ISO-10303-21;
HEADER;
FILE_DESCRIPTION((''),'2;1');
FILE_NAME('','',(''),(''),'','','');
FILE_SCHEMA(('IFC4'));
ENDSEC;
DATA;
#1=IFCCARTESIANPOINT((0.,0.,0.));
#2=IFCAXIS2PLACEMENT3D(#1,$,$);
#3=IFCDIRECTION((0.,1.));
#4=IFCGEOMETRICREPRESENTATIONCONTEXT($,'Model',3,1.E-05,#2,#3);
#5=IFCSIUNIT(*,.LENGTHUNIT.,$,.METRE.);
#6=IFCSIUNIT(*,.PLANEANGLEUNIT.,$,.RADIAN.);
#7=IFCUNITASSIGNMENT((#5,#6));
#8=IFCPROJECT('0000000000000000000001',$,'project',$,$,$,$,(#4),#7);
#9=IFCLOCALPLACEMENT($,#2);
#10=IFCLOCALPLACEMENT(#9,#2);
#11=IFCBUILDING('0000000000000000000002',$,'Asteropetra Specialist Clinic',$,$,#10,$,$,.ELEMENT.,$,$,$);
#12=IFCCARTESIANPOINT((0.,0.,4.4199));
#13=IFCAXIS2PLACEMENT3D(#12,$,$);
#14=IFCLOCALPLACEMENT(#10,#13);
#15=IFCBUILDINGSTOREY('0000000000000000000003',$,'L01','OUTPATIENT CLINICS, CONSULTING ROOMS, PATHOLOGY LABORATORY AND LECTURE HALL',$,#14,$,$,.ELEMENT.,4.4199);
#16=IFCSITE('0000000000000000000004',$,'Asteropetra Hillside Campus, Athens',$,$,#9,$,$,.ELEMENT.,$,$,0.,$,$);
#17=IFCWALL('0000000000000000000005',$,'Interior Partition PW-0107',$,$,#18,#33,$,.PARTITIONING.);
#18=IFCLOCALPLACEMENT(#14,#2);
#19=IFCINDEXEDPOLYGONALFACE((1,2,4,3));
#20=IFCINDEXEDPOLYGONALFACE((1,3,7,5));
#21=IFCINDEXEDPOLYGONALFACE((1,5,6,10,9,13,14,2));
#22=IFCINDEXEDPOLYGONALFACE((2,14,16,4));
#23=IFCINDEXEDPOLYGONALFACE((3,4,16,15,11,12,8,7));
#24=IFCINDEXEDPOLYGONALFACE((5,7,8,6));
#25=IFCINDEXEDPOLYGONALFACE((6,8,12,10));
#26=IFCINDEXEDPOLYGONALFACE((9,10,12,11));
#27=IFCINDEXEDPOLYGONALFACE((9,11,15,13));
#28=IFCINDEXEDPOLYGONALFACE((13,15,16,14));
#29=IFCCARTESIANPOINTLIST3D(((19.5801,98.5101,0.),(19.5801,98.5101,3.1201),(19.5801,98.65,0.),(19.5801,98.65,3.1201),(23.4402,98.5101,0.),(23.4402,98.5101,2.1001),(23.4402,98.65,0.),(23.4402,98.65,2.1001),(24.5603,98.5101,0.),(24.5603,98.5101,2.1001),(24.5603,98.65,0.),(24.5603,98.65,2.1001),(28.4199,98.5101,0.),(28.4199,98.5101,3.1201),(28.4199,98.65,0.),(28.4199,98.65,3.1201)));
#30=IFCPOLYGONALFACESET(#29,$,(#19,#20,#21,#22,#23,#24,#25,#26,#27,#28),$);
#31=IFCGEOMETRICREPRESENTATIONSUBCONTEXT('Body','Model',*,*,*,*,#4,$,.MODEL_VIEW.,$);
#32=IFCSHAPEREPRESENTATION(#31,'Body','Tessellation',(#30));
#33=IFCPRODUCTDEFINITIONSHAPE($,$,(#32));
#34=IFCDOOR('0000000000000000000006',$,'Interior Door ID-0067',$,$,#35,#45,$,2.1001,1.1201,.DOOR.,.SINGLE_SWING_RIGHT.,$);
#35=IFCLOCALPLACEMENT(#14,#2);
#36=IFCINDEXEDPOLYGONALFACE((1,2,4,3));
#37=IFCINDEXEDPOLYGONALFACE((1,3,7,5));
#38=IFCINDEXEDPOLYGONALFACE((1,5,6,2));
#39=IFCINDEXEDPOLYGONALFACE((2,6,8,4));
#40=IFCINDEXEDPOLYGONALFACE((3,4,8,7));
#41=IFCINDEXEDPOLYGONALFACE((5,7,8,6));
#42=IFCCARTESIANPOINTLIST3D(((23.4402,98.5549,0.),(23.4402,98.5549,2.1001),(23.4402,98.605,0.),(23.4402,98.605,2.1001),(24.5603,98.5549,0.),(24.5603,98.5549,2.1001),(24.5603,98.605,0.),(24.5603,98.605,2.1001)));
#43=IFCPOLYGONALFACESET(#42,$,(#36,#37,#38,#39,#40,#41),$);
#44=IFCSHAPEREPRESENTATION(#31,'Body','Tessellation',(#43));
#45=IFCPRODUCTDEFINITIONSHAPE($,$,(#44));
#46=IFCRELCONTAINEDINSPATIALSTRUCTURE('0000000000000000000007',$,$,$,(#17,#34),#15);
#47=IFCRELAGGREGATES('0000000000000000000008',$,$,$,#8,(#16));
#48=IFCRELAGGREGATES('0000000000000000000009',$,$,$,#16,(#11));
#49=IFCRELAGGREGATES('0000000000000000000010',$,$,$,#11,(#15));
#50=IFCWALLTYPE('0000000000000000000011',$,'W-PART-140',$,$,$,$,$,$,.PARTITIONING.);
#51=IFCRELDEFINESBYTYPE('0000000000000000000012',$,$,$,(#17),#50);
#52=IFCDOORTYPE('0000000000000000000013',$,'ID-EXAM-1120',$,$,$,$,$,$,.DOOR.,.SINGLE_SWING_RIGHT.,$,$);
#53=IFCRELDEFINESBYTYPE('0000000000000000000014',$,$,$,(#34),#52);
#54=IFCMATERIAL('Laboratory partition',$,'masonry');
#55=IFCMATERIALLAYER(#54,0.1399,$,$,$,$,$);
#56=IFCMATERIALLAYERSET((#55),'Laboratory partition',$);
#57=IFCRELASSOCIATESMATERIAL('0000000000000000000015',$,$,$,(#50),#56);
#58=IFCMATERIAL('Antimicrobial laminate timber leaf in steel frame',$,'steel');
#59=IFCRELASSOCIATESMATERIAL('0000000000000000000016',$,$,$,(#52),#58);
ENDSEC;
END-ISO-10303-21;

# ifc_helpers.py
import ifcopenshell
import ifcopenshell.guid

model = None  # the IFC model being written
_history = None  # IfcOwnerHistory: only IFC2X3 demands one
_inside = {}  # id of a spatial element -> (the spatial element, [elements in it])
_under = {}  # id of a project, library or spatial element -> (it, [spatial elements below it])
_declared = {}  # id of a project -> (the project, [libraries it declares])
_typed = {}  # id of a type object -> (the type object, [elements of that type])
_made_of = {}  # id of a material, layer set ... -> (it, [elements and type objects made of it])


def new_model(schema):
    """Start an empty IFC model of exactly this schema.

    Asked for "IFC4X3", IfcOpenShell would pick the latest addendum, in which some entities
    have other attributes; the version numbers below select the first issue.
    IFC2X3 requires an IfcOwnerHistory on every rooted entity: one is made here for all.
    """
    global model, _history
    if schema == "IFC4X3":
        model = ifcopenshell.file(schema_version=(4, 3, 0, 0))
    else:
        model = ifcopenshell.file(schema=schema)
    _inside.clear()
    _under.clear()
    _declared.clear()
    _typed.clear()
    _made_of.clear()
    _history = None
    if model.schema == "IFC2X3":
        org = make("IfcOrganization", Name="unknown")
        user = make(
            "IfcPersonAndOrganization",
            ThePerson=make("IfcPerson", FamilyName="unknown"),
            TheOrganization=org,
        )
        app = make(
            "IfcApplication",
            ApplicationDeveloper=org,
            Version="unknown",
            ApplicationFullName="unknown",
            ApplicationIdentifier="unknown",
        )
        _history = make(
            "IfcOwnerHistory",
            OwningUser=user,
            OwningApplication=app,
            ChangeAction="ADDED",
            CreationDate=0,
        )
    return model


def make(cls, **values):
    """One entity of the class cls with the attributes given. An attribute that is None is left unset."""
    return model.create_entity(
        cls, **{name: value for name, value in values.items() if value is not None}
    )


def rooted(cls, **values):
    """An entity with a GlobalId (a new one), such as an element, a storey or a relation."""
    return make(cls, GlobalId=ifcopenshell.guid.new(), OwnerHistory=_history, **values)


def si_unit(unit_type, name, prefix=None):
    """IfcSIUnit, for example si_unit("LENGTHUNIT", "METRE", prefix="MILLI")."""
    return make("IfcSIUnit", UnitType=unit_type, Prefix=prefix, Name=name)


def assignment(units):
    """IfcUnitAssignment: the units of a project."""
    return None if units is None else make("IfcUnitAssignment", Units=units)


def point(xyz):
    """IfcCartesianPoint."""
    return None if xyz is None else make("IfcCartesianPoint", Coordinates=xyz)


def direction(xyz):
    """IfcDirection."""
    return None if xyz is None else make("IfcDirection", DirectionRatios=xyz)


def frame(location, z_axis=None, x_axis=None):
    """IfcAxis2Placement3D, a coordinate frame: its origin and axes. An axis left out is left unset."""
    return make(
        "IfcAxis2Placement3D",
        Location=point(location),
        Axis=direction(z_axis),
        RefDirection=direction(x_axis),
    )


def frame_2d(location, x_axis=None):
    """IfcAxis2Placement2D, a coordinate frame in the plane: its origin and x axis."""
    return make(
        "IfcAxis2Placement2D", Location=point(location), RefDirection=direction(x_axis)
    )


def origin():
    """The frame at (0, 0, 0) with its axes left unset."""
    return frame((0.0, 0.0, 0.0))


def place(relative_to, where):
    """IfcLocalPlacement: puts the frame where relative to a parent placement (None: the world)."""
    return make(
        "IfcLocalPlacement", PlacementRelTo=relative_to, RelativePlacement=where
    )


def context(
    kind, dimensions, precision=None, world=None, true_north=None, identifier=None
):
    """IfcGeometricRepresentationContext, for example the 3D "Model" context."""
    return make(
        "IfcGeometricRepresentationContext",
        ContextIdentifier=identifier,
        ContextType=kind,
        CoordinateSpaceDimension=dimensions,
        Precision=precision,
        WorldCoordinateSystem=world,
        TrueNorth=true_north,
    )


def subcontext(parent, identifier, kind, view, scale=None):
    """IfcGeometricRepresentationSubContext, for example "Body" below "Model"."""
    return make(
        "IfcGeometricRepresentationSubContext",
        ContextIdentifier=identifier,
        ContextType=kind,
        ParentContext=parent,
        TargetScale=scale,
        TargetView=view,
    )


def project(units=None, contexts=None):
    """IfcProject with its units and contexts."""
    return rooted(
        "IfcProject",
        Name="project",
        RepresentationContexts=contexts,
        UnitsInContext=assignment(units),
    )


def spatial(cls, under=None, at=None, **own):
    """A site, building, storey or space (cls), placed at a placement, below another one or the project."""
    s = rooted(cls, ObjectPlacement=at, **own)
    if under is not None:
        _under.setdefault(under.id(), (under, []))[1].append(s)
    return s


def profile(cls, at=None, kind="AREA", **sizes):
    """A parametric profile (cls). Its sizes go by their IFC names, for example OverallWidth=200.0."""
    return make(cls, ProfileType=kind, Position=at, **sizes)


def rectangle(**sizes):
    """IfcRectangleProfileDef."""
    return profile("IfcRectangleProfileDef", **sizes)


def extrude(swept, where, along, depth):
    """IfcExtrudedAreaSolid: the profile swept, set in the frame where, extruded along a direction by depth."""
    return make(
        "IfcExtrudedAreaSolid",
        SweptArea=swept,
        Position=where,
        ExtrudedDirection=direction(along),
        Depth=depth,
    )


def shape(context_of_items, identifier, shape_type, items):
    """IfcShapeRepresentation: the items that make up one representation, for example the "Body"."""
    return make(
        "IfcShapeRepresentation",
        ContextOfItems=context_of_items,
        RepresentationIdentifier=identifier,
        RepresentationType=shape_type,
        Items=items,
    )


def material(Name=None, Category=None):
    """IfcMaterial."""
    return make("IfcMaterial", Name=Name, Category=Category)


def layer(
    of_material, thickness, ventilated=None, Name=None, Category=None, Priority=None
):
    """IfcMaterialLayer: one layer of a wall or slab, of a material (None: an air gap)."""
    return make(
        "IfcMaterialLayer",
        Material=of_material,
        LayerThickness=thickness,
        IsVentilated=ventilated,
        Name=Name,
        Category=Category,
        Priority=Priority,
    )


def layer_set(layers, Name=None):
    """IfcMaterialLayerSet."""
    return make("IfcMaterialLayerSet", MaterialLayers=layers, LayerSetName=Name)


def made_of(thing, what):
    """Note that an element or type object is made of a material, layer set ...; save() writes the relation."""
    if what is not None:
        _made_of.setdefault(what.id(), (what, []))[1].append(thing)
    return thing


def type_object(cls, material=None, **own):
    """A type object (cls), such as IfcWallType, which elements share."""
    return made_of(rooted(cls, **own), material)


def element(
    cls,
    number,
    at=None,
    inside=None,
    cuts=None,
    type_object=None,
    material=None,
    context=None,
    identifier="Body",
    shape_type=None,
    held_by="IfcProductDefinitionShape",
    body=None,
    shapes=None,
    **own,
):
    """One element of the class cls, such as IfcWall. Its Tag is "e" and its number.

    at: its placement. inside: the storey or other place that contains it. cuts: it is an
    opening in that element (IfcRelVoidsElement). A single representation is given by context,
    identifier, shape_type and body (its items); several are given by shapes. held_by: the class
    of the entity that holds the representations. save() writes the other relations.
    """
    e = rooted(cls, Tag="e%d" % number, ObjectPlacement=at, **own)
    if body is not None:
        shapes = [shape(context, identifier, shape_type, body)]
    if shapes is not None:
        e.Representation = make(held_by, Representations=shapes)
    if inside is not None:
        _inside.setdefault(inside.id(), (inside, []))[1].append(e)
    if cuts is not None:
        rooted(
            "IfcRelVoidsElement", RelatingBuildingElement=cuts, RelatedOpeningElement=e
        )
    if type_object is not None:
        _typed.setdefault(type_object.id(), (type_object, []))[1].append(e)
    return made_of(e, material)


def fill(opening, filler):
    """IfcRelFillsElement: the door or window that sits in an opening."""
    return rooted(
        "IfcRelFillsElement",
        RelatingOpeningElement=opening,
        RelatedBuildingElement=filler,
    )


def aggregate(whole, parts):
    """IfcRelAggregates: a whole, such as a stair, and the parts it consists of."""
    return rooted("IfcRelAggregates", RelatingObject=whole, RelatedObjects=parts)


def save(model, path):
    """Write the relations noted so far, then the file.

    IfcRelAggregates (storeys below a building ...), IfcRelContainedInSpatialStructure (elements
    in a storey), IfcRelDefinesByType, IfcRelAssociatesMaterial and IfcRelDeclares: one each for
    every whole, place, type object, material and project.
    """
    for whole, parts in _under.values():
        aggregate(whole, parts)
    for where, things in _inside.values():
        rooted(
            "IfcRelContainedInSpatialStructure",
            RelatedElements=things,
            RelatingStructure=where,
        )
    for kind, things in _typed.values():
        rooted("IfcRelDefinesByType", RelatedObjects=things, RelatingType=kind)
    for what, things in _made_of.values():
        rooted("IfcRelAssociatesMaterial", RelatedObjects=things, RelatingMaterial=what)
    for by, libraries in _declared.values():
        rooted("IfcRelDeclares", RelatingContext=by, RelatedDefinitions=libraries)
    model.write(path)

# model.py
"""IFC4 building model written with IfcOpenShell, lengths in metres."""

from ifc_helpers import new_model, si_unit, direction, frame, frame_2d, origin, place, context, subcontext, project, spatial, rectangle, extrude, material, layer, layer_set, type_object, element, fill, save


model = new_model("IFC4")

# Units and contexts
model_context = context("Model", 3, precision=1e-05, world=origin(), true_north=direction((0.0, 1.0)))
body_context = subcontext(model_context, "Body", "Model", "MODEL_VIEW")
ifc_project = project(units=[si_unit("LENGTHUNIT", "METRE"), si_unit("PLANEANGLEUNIT", "RADIAN")], contexts=[model_context])

# Site, building, storey
site_placement = place(None, origin())
site = spatial("IfcSite", under=ifc_project, at=site_placement, Name="Asteropetra Hillside Campus, Athens", CompositionType="ELEMENT", RefElevation=0.0)
building_placement = place(site_placement, origin())
building = spatial("IfcBuilding", under=site, at=building_placement, Name="Asteropetra Specialist Clinic", CompositionType="ELEMENT")
storey_placement = place(building_placement, frame((0.0, 0.0, 4.4199)))
storey = spatial("IfcBuildingStorey", under=building, at=storey_placement, Name="L01", Description="OUTPATIENT CLINICS, CONSULTING ROOMS, PATHOLOGY LABORATORY AND LECTURE HALL", CompositionType="ELEMENT", Elevation=4.4199)

# Wall, opening, door
ifc_material_1 = material(Name="Laboratory partition", Category="masonry")
ifc_layer_1 = layer(ifc_material_1, 0.1399)
ifc_layer_set_1 = layer_set([ifc_layer_1], Name="Laboratory partition")
wall_type = type_object("IfcWallType", Name="W-PART-140", PredefinedType="PARTITIONING", material=ifc_layer_set_1)
wall_placement = place(storey_placement, frame((19.5801, 98.5801, 0.0), z_axis=(0.0, 0.0, 1.0), x_axis=(1.0, 0.0, 0.0)))
wall = element("IfcWall", 1, at=wall_placement, inside=storey, type_object=wall_type, Name="Interior Partition PW-0107", PredefinedType="PARTITIONING", context=body_context, shape_type="SweptSolid", body=[
    extrude(rectangle(XDim=8.8398, YDim=0.1399, at=frame_2d((4.4199, 0.0))), origin(), (0.0, 0.0, 1.0), 3.1201),
])
opening_placement = place(wall_placement, frame((3.8601, 0.0, 0.0)))
opening = element("IfcOpeningElement", 2, at=opening_placement, cuts=wall, PredefinedType="OPENING", context=body_context, shape_type="SweptSolid", body=[
    extrude(rectangle(XDim=1.1201, YDim=2.1001, at=frame_2d((0.5601, 1.05))), frame((0.0, 0.0798, 0.0), z_axis=(0.0, -1.0, 0.0), x_axis=(1.0, 0.0, 0.0)), (0.0, 0.0, 1.0), 0.1599),
])
ifc_material_2 = material(Name="Antimicrobial laminate timber leaf in steel frame", Category="steel")
door_type = type_object("IfcDoorType", Name="ID-EXAM-1120", OperationType="SINGLE_SWING_RIGHT", PredefinedType="DOOR", material=ifc_material_2)
door_placement = place(opening_placement, origin())
door = element("IfcDoor", 3, at=door_placement, inside=storey, type_object=door_type, Name="Interior Door ID-0067", OperationType="SINGLE_SWING_RIGHT", OverallHeight=2.1001, OverallWidth=1.1201, PredefinedType="DOOR", context=body_context, shape_type="SweptSolid", body=[
    extrude(rectangle(XDim=1.1201, YDim=2.1001, at=frame_2d((0.5601, 1.05))), frame((0.0, 0.0249, 0.0), z_axis=(0.0, -1.0, 0.0), x_axis=(1.0, 0.0, 0.0)), (0.0, 0.0, 1.0), 0.05),
])
fill(opening, door)

save(model, "model.ifc")
